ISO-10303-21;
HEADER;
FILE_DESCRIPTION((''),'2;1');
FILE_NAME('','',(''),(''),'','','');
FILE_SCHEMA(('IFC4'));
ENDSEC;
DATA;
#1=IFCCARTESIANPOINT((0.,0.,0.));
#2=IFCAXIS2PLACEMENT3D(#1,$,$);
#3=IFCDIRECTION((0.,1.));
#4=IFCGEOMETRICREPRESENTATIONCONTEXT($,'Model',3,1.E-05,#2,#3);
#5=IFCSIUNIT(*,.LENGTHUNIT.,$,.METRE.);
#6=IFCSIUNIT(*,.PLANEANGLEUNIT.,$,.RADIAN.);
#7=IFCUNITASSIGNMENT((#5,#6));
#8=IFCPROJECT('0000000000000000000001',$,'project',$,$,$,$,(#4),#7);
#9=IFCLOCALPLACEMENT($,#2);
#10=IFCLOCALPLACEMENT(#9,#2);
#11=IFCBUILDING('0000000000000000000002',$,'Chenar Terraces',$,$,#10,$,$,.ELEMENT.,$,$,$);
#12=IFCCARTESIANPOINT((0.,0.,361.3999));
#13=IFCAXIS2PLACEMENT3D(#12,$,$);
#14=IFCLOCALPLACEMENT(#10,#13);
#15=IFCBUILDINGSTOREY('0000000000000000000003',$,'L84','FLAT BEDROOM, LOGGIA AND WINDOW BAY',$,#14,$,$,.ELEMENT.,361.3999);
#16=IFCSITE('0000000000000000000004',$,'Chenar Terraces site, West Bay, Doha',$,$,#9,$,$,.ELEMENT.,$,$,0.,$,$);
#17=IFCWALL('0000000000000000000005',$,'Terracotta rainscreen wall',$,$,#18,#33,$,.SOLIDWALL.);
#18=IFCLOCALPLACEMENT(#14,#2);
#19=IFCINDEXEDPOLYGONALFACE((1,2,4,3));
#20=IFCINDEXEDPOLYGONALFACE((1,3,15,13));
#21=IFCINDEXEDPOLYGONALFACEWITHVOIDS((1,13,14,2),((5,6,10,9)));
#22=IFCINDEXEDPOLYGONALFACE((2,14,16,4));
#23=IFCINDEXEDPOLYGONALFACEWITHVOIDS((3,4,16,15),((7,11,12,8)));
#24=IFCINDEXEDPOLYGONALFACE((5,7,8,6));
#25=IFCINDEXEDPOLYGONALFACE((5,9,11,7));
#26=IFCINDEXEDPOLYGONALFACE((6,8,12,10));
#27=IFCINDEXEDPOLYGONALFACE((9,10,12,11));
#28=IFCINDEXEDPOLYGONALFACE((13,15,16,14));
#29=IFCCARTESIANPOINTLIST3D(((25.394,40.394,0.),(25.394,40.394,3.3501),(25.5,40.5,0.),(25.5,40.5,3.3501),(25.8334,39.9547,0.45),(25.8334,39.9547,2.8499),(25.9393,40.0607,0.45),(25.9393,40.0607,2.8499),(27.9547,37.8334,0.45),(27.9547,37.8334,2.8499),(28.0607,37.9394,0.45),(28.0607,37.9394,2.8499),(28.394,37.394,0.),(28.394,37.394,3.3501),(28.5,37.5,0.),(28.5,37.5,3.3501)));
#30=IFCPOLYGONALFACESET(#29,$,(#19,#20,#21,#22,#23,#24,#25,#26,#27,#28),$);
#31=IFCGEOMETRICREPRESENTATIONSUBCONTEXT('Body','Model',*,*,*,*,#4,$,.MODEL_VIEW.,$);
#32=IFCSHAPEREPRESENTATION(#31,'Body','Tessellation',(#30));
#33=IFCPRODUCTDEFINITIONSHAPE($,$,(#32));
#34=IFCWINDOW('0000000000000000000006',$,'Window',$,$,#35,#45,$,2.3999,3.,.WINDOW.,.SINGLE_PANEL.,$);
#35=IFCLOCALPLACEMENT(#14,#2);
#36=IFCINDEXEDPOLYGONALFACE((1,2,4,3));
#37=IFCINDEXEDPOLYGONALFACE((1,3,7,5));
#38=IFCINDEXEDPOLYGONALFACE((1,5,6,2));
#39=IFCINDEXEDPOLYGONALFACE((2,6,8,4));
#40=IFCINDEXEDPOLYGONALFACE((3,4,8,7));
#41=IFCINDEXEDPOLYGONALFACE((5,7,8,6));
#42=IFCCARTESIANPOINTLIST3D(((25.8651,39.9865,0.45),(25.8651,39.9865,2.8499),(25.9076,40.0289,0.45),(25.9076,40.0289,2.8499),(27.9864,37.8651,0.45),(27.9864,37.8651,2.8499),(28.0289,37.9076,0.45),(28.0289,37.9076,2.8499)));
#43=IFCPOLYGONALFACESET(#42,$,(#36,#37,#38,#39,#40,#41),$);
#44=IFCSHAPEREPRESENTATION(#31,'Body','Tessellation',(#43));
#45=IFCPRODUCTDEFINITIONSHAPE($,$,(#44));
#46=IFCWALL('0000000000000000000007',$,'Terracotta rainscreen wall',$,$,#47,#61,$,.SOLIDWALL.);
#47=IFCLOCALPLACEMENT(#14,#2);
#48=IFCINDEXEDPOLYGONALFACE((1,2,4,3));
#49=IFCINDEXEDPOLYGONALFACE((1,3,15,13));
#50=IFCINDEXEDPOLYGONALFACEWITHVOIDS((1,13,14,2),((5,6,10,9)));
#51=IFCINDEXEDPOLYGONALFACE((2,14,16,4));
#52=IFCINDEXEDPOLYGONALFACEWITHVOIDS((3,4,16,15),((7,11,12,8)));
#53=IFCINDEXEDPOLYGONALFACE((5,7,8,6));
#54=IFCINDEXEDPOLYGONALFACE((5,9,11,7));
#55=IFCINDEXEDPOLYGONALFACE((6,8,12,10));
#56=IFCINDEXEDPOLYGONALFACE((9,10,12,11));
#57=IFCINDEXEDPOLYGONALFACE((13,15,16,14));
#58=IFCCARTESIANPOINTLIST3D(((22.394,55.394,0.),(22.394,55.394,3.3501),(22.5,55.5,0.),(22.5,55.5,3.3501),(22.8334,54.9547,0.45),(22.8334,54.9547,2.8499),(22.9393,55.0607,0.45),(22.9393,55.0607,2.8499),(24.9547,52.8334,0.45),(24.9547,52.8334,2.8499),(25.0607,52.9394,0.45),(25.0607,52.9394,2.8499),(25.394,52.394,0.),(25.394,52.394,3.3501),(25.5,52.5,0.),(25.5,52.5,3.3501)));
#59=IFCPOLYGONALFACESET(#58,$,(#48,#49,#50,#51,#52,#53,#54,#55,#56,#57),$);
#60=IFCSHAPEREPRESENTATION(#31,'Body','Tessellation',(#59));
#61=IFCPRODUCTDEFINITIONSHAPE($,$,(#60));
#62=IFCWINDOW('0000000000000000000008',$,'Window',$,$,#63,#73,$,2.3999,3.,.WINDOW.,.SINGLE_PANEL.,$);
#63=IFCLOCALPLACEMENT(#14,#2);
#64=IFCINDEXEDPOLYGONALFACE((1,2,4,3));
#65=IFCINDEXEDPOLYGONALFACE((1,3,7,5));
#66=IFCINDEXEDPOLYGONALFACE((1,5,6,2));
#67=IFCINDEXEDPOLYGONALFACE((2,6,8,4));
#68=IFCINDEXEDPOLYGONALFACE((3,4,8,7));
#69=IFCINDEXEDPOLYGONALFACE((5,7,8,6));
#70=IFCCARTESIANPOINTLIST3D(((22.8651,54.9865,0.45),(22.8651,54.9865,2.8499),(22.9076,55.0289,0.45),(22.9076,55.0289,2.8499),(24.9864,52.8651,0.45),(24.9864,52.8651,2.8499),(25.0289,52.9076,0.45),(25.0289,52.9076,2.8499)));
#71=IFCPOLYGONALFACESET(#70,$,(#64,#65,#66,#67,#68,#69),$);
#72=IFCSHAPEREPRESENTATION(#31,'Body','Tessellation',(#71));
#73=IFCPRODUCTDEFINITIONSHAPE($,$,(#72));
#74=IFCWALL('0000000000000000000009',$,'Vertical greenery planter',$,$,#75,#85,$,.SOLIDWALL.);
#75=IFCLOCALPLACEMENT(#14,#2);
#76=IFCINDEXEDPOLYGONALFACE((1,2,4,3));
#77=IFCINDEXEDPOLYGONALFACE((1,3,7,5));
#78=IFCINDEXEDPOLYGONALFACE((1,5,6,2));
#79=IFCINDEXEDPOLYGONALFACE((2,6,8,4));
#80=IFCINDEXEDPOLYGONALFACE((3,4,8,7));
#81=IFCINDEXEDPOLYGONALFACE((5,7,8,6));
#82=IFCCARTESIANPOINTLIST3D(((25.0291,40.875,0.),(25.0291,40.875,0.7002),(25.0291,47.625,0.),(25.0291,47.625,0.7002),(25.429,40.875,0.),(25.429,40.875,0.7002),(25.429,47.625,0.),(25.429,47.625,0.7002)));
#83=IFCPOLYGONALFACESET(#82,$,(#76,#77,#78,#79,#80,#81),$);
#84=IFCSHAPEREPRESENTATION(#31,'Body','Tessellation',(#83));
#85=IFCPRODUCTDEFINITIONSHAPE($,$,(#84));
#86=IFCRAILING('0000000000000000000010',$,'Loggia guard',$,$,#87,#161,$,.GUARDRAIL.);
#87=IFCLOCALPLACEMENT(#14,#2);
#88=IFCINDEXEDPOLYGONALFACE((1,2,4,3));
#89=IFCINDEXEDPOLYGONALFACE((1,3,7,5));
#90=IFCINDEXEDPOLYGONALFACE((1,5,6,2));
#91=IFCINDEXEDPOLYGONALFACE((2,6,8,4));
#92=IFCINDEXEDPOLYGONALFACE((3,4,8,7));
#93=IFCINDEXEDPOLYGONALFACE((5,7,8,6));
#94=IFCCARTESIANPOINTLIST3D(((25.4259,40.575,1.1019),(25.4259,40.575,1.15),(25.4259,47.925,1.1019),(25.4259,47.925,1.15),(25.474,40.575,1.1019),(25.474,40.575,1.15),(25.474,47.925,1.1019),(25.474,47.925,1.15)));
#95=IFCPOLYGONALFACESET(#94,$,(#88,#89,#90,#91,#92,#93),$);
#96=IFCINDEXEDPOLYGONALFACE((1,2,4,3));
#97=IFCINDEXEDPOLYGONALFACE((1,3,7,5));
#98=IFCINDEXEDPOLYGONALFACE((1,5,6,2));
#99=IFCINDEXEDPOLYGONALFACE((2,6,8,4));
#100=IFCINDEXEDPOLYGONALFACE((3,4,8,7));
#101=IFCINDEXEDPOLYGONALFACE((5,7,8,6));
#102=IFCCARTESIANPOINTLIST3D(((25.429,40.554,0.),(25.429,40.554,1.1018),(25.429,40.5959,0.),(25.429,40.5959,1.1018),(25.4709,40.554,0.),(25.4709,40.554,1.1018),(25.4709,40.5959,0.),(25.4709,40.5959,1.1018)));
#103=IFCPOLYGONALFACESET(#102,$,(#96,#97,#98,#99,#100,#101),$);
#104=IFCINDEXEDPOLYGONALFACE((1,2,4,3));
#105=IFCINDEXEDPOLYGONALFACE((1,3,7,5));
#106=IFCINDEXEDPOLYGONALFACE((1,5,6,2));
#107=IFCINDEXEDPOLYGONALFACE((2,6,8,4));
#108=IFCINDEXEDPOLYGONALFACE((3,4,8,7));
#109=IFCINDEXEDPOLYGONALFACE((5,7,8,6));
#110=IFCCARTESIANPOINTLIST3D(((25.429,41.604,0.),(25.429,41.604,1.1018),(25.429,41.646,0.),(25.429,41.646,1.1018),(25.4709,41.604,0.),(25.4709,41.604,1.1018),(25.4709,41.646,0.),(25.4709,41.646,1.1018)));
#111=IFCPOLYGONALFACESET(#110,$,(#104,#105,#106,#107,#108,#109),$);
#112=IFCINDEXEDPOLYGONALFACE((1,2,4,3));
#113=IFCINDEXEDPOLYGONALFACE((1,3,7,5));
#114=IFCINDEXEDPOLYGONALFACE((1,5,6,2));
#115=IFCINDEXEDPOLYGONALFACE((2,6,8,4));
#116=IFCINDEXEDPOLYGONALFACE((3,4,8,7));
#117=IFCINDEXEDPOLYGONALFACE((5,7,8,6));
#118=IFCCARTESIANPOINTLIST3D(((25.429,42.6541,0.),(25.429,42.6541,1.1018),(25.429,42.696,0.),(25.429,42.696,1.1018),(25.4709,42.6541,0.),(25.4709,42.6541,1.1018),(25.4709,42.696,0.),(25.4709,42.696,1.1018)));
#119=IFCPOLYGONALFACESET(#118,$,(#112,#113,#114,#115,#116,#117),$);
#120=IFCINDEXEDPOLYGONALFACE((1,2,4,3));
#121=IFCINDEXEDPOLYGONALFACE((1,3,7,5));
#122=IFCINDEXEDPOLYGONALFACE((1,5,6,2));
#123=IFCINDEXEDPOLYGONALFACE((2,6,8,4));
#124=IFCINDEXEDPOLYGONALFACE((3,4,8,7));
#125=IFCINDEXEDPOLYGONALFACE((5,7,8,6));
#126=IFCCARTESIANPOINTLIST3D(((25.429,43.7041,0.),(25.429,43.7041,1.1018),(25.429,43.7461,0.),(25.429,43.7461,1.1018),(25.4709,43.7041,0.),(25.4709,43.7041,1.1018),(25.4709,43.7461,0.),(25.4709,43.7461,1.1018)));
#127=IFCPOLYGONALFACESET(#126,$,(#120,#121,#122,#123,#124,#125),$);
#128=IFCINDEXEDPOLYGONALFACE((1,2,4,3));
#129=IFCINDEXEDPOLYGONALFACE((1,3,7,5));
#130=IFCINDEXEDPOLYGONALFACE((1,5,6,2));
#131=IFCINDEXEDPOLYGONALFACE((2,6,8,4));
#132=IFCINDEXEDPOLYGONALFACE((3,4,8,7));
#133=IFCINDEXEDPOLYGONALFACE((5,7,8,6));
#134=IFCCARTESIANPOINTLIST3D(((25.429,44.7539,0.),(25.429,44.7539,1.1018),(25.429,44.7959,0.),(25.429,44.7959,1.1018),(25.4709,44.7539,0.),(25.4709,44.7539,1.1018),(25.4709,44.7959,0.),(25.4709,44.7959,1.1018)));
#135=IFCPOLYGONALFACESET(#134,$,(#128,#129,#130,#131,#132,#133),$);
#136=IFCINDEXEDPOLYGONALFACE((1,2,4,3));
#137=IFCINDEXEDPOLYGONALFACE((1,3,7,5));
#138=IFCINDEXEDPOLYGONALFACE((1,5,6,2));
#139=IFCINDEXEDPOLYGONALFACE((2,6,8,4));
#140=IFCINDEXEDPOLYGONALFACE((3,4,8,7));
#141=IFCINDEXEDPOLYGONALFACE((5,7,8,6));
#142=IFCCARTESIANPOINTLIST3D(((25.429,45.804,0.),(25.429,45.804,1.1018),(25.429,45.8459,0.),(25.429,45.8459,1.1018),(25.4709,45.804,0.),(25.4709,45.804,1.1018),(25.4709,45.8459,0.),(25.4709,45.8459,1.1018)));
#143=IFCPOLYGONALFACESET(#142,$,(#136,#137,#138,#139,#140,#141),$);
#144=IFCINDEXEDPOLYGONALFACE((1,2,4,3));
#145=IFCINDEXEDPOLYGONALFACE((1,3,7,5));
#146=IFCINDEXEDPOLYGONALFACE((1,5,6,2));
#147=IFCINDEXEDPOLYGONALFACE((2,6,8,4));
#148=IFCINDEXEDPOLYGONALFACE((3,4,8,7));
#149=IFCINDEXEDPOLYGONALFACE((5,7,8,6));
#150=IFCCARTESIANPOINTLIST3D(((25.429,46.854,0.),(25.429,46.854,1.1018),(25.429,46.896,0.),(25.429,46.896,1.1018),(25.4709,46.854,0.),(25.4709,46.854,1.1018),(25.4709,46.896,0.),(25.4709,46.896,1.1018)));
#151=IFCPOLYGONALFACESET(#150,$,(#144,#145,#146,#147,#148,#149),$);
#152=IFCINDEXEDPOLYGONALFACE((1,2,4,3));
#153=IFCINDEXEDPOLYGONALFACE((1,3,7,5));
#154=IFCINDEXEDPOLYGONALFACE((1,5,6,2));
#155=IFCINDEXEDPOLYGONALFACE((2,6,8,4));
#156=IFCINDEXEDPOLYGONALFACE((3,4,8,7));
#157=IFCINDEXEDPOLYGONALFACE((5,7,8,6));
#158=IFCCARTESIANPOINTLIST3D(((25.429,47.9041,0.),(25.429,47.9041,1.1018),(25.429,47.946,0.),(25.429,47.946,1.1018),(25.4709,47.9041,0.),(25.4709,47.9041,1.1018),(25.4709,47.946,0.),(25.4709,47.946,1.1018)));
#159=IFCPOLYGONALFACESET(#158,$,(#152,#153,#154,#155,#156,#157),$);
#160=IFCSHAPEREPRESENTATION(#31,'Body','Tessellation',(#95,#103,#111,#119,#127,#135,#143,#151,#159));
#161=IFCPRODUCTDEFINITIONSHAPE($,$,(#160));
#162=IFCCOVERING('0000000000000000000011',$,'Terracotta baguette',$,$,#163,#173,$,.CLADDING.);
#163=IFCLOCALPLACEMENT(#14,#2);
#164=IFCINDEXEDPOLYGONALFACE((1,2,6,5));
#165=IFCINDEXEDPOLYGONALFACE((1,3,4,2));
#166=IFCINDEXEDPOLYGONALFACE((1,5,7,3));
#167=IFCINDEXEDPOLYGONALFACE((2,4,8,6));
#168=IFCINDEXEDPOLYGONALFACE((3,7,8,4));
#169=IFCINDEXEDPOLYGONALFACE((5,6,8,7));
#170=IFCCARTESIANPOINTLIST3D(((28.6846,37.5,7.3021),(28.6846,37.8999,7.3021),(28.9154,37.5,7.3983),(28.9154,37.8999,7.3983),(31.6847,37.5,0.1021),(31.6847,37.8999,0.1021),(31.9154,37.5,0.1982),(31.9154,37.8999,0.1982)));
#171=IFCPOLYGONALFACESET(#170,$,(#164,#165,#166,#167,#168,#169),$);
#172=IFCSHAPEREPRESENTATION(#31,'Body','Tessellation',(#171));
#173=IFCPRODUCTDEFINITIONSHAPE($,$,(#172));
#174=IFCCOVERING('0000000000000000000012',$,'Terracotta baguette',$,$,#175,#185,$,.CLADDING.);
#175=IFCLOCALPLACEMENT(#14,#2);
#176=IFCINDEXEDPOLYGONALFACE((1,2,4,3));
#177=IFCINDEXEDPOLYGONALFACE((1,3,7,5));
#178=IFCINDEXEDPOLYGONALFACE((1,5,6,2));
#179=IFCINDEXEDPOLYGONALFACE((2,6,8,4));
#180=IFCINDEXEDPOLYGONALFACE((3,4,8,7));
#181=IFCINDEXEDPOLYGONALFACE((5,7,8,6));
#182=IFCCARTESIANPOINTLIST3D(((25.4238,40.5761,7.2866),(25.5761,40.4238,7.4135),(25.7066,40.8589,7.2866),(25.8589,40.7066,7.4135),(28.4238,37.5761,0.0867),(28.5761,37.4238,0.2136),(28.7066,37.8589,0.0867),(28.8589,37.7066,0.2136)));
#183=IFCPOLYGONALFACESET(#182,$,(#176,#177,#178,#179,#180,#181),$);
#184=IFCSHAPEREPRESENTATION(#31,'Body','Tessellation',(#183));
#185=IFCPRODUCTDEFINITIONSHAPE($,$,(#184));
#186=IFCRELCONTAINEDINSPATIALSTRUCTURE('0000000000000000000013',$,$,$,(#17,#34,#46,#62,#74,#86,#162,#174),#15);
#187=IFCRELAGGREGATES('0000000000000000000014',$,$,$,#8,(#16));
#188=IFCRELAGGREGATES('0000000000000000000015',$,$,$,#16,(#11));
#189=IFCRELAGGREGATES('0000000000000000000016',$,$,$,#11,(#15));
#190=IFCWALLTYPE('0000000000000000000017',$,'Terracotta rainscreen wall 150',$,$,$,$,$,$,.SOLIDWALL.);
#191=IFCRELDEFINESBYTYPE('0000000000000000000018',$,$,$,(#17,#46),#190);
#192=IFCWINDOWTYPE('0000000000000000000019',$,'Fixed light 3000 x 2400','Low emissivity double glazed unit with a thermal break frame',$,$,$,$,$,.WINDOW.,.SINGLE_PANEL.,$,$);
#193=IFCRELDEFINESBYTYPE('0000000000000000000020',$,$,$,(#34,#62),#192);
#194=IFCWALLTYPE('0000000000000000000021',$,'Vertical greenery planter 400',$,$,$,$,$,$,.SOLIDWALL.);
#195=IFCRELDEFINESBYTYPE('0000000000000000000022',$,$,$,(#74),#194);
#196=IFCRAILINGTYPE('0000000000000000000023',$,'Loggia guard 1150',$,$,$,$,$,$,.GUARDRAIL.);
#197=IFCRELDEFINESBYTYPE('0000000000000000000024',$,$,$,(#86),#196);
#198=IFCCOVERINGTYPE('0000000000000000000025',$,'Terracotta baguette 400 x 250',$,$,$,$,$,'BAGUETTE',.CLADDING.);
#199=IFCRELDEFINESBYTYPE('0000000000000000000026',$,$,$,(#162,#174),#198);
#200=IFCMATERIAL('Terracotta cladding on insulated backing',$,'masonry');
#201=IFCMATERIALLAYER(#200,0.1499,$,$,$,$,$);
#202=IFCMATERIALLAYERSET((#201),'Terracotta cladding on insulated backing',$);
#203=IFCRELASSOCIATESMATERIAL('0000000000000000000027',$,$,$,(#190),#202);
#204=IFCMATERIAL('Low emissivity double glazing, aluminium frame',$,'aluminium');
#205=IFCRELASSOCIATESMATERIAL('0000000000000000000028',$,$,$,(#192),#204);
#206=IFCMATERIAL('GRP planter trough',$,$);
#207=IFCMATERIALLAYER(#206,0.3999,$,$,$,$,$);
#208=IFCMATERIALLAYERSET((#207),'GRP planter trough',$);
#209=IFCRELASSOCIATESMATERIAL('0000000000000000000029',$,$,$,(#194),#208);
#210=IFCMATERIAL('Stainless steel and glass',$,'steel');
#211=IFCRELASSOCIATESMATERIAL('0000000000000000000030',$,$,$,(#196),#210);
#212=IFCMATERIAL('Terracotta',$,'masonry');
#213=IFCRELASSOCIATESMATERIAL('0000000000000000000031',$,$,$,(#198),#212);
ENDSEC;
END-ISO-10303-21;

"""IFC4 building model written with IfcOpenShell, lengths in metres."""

from ifc_helpers import new_model, si_unit, direction, frame, frame_2d, origin, origin_2d, place, context, subcontext, project, spatial, rectangle, extrude, material, layer, layer_set, material_profile, profile_set, type_object, element, fill, save


model = new_model("IFC4")

# Units and contexts
model_context = context("Model", 3, precision=1e-05, world=origin(), true_north=direction((0.0, 1.0)))
body_context = subcontext(model_context, "Body", "Model", "MODEL_VIEW")
ifc_project = project(units=[si_unit("LENGTHUNIT", "METRE"), si_unit("PLANEANGLEUNIT", "RADIAN")], contexts=[model_context])

# Site, building, storey
site_placement = place(None, origin())
site = spatial("IfcSite", under=ifc_project, at=site_placement, Name="Chenar Terraces site, West Bay, Doha", CompositionType="ELEMENT", RefElevation=0.0)
building_placement = place(site_placement, origin())
building = spatial("IfcBuilding", under=site, at=building_placement, Name="Chenar Terraces", CompositionType="ELEMENT")
storey_placement = place(building_placement, frame((0.0, 0.0, 361.3999)))
storey = spatial("IfcBuildingStorey", under=building, at=storey_placement, Name="L84", Description="FLAT BEDROOM, LOGGIA AND WINDOW BAY", CompositionType="ELEMENT", Elevation=361.3999)

# Walls, openings, windows
ifc_material_1 = material(Name="Terracotta cladding on insulated backing", Category="masonry")
ifc_layer_1 = layer(ifc_material_1, 0.1499)
ifc_layer_set_1 = layer_set([ifc_layer_1], Name="Terracotta cladding on insulated backing")
wall_type_1 = type_object("IfcWallType", Name="Terracotta rainscreen wall 150", PredefinedType="SOLIDWALL", material=ifc_layer_set_1)
wall_1_placement = place(storey_placement, frame((28.447, 37.447, 0.0), z_axis=(0.0, 0.0, 1.0), x_axis=(-0.707107, 0.707107, 0.0)))
wall_1 = element("IfcWall", 1, at=wall_1_placement, inside=storey, type_object=wall_type_1, Name="Terracotta rainscreen wall", PredefinedType="SOLIDWALL", context=body_context, shape_type="SweptSolid", body=[
    extrude(rectangle(XDim=4.2427, YDim=0.1499, at=frame_2d((2.1213, 0.0))), origin(), (0.0, 0.0, 1.0), 3.3501),
])
opening_1_placement = place(wall_1_placement, frame((0.6213, 0.0, 0.45)))
opening_1 = element("IfcOpeningElement", 2, at=opening_1_placement, cuts=wall_1, PredefinedType="OPENING", context=body_context, shape_type="SweptSolid", body=[
    extrude(rectangle(XDim=3.0, YDim=2.3999, at=frame_2d((1.5, 1.2))), frame((0.0, 0.085, 0.0), z_axis=(0.0, -1.0, 0.0), x_axis=(1.0, 0.0, 0.0)), (0.0, 0.0, 1.0), 0.1699),
])
ifc_material_2 = material(Name="Low emissivity double glazing, aluminium frame", Category="aluminium")
window_type_1 = type_object("IfcWindowType", Name="Fixed light 3000 x 2400", Description="Low emissivity double glazed unit with a thermal break frame", PartitioningType="SINGLE_PANEL", PredefinedType="WINDOW", material=ifc_material_2)
window_1_placement = place(opening_1_placement, origin())
window_1 = element("IfcWindow", 3, at=window_1_placement, inside=storey, type_object=window_type_1, Name="Window", OverallHeight=2.3999, OverallWidth=3.0, PartitioningType="SINGLE_PANEL", PredefinedType="WINDOW", context=body_context, shape_type="SweptSolid", body=[
    extrude(rectangle(XDim=3.0, YDim=2.3999, at=frame_2d((1.5, 1.2))), frame((0.0, 0.03, 0.0), z_axis=(0.0, -1.0, 0.0), x_axis=(1.0, 0.0, 0.0)), (0.0, 0.0, 1.0), 0.0601),
])
fill(opening_1, window_1)
wall_2_placement = place(storey_placement, frame((25.447, 52.447, 0.0), z_axis=(0.0, 0.0, 1.0), x_axis=(-0.707107, 0.707107, 0.0)))
wall_2 = element("IfcWall", 4, at=wall_2_placement, inside=storey, type_object=wall_type_1, Name="Terracotta rainscreen wall", PredefinedType="SOLIDWALL", context=body_context, shape_type="SweptSolid", body=[
    extrude(rectangle(XDim=4.2427, YDim=0.1499, at=frame_2d((2.1213, 0.0))), origin(), (0.0, 0.0, 1.0), 3.3501),
])
opening_2_placement = place(wall_2_placement, frame((0.6213, 0.0, 0.45)))
opening_2 = element("IfcOpeningElement", 5, at=opening_2_placement, cuts=wall_2, PredefinedType="OPENING", context=body_context, shape_type="SweptSolid", body=[
    extrude(rectangle(XDim=3.0, YDim=2.3999, at=frame_2d((1.5, 1.2))), frame((0.0, 0.085, 0.0), z_axis=(0.0, -1.0, 0.0), x_axis=(1.0, 0.0, 0.0)), (0.0, 0.0, 1.0), 0.1699),
])
window_2_placement = place(opening_2_placement, origin())
window_2 = element("IfcWindow", 6, at=window_2_placement, inside=storey, type_object=window_type_1, Name="Window", OverallHeight=2.3999, OverallWidth=3.0, PartitioningType="SINGLE_PANEL", PredefinedType="WINDOW", context=body_context, shape_type="SweptSolid", body=[
    extrude(rectangle(XDim=3.0, YDim=2.3999, at=frame_2d((1.5, 1.2))), frame((0.0, 0.03, 0.0), z_axis=(0.0, -1.0, 0.0), x_axis=(1.0, 0.0, 0.0)), (0.0, 0.0, 1.0), 0.0601),
])
fill(opening_2, window_2)

# Wall
ifc_material_3 = material(Name="GRP planter trough")
ifc_layer_2 = layer(ifc_material_3, 0.3999)
ifc_layer_set_2 = layer_set([ifc_layer_2], Name="GRP planter trough")
wall_type_2 = type_object("IfcWallType", Name="Vertical greenery planter 400", PredefinedType="SOLIDWALL", material=ifc_layer_set_2)
wall_3_placement = place(storey_placement, frame((25.229, 40.875, 0.0), z_axis=(0.0, 0.0, 1.0), x_axis=(0.0, 1.0, 0.0)))
element("IfcWall", 7, at=wall_3_placement, inside=storey, type_object=wall_type_2, Name="Vertical greenery planter", PredefinedType="SOLIDWALL", context=body_context, shape_type="SweptSolid", body=[
    extrude(rectangle(XDim=6.75, YDim=0.3999, at=frame_2d((3.375, 0.0))), origin(), (0.0, 0.0, 1.0), 0.7002),
])

# Railing
ifc_material_4 = material(Name="Stainless steel and glass", Category="steel")
railing_type = type_object("IfcRailingType", Name="Loggia guard 1150", PredefinedType="GUARDRAIL", material=ifc_material_4)
railing_placement = place(storey_placement, frame((25.45, 40.575, 0.0)))
element("IfcRailing", 8, at=railing_placement, inside=storey, type_object=railing_type, Name="Loggia guard", PredefinedType="GUARDRAIL", context=body_context, shape_type="SweptSolid", body=[
    extrude(rectangle(XDim=0.0481, YDim=0.0481, at=origin_2d()), frame((0.0, 0.0, 1.126), z_axis=(0.0, 1.0, 0.0), x_axis=(-1.0, 0.0, 0.0)), (0.0, 0.0, 1.0), 7.3501),
    extrude(rectangle(XDim=0.042, YDim=0.042, at=origin_2d()), origin(), (0.0, 0.0, 1.0), 1.1018),
    extrude(rectangle(XDim=0.042, YDim=0.042, at=origin_2d()), frame((0.0, 1.05, 0.0)), (0.0, 0.0, 1.0), 1.1018),
    extrude(rectangle(XDim=0.042, YDim=0.042, at=origin_2d()), frame((0.0, 2.1001, 0.0)), (0.0, 0.0, 1.0), 1.1018),
    extrude(rectangle(XDim=0.042, YDim=0.042, at=origin_2d()), frame((0.0, 3.1501, 0.0)), (0.0, 0.0, 1.0), 1.1018),
    extrude(rectangle(XDim=0.042, YDim=0.042, at=origin_2d()), frame((0.0, 4.2, 0.0)), (0.0, 0.0, 1.0), 1.1018),
    extrude(rectangle(XDim=0.042, YDim=0.042, at=origin_2d()), frame((0.0, 5.25, 0.0)), (0.0, 0.0, 1.0), 1.1018),
    extrude(rectangle(XDim=0.042, YDim=0.042, at=origin_2d()), frame((0.0, 6.3, 0.0)), (0.0, 0.0, 1.0), 1.1018),
    extrude(rectangle(XDim=0.042, YDim=0.042, at=origin_2d()), frame((0.0, 7.3501, 0.0)), (0.0, 0.0, 1.0), 1.1018),
])

# Coverings
ifc_material_5 = material(Name="Terracotta", Category="masonry")
ifc_material_profile_1 = material_profile(ifc_material_5, rectangle(XDim=0.3999, YDim=0.25, at=origin_2d()), Name="Terracotta baguette 400 x 250")
ifc_profile_set_1 = profile_set([ifc_material_profile_1], Name="Terracotta")
covering_type = type_object("IfcCoveringType", Name="Terracotta baguette 400 x 250", ElementType="BAGUETTE", PredefinedType="CLADDING", material=ifc_profile_set_1)
covering_1_placement = place(storey_placement, frame((31.8, 37.7, 0.1501), z_axis=(-0.384618, 0.0, 0.923076), x_axis=(0.0, -1.0, 0.0)))
element("IfcCovering", 9, at=covering_1_placement, inside=storey, type_object=covering_type, Name="Terracotta baguette", PredefinedType="CLADDING", context=body_context, shape_type="SweptSolid", body=[
    extrude(rectangle(XDim=0.3999, YDim=0.25, at=origin_2d()), origin(), (0.0, 0.0, 1.0), 7.8),
])
covering_2_placement = place(storey_placement, frame((28.6414, 37.6414, 0.1501), z_axis=(-0.358981, 0.358981, 0.861548), x_axis=(-0.707107, -0.707107, 0.0)))
element("IfcCovering", 10, at=covering_2_placement, inside=storey, type_object=covering_type, Name="Terracotta baguette", PredefinedType="CLADDING", context=body_context, shape_type="SweptSolid", body=[
    extrude(rectangle(XDim=0.3999, YDim=0.25, at=origin_2d()), origin(), (0.0, 0.0, 1.0), 8.3569),
])

save(model, "model.ifc")
